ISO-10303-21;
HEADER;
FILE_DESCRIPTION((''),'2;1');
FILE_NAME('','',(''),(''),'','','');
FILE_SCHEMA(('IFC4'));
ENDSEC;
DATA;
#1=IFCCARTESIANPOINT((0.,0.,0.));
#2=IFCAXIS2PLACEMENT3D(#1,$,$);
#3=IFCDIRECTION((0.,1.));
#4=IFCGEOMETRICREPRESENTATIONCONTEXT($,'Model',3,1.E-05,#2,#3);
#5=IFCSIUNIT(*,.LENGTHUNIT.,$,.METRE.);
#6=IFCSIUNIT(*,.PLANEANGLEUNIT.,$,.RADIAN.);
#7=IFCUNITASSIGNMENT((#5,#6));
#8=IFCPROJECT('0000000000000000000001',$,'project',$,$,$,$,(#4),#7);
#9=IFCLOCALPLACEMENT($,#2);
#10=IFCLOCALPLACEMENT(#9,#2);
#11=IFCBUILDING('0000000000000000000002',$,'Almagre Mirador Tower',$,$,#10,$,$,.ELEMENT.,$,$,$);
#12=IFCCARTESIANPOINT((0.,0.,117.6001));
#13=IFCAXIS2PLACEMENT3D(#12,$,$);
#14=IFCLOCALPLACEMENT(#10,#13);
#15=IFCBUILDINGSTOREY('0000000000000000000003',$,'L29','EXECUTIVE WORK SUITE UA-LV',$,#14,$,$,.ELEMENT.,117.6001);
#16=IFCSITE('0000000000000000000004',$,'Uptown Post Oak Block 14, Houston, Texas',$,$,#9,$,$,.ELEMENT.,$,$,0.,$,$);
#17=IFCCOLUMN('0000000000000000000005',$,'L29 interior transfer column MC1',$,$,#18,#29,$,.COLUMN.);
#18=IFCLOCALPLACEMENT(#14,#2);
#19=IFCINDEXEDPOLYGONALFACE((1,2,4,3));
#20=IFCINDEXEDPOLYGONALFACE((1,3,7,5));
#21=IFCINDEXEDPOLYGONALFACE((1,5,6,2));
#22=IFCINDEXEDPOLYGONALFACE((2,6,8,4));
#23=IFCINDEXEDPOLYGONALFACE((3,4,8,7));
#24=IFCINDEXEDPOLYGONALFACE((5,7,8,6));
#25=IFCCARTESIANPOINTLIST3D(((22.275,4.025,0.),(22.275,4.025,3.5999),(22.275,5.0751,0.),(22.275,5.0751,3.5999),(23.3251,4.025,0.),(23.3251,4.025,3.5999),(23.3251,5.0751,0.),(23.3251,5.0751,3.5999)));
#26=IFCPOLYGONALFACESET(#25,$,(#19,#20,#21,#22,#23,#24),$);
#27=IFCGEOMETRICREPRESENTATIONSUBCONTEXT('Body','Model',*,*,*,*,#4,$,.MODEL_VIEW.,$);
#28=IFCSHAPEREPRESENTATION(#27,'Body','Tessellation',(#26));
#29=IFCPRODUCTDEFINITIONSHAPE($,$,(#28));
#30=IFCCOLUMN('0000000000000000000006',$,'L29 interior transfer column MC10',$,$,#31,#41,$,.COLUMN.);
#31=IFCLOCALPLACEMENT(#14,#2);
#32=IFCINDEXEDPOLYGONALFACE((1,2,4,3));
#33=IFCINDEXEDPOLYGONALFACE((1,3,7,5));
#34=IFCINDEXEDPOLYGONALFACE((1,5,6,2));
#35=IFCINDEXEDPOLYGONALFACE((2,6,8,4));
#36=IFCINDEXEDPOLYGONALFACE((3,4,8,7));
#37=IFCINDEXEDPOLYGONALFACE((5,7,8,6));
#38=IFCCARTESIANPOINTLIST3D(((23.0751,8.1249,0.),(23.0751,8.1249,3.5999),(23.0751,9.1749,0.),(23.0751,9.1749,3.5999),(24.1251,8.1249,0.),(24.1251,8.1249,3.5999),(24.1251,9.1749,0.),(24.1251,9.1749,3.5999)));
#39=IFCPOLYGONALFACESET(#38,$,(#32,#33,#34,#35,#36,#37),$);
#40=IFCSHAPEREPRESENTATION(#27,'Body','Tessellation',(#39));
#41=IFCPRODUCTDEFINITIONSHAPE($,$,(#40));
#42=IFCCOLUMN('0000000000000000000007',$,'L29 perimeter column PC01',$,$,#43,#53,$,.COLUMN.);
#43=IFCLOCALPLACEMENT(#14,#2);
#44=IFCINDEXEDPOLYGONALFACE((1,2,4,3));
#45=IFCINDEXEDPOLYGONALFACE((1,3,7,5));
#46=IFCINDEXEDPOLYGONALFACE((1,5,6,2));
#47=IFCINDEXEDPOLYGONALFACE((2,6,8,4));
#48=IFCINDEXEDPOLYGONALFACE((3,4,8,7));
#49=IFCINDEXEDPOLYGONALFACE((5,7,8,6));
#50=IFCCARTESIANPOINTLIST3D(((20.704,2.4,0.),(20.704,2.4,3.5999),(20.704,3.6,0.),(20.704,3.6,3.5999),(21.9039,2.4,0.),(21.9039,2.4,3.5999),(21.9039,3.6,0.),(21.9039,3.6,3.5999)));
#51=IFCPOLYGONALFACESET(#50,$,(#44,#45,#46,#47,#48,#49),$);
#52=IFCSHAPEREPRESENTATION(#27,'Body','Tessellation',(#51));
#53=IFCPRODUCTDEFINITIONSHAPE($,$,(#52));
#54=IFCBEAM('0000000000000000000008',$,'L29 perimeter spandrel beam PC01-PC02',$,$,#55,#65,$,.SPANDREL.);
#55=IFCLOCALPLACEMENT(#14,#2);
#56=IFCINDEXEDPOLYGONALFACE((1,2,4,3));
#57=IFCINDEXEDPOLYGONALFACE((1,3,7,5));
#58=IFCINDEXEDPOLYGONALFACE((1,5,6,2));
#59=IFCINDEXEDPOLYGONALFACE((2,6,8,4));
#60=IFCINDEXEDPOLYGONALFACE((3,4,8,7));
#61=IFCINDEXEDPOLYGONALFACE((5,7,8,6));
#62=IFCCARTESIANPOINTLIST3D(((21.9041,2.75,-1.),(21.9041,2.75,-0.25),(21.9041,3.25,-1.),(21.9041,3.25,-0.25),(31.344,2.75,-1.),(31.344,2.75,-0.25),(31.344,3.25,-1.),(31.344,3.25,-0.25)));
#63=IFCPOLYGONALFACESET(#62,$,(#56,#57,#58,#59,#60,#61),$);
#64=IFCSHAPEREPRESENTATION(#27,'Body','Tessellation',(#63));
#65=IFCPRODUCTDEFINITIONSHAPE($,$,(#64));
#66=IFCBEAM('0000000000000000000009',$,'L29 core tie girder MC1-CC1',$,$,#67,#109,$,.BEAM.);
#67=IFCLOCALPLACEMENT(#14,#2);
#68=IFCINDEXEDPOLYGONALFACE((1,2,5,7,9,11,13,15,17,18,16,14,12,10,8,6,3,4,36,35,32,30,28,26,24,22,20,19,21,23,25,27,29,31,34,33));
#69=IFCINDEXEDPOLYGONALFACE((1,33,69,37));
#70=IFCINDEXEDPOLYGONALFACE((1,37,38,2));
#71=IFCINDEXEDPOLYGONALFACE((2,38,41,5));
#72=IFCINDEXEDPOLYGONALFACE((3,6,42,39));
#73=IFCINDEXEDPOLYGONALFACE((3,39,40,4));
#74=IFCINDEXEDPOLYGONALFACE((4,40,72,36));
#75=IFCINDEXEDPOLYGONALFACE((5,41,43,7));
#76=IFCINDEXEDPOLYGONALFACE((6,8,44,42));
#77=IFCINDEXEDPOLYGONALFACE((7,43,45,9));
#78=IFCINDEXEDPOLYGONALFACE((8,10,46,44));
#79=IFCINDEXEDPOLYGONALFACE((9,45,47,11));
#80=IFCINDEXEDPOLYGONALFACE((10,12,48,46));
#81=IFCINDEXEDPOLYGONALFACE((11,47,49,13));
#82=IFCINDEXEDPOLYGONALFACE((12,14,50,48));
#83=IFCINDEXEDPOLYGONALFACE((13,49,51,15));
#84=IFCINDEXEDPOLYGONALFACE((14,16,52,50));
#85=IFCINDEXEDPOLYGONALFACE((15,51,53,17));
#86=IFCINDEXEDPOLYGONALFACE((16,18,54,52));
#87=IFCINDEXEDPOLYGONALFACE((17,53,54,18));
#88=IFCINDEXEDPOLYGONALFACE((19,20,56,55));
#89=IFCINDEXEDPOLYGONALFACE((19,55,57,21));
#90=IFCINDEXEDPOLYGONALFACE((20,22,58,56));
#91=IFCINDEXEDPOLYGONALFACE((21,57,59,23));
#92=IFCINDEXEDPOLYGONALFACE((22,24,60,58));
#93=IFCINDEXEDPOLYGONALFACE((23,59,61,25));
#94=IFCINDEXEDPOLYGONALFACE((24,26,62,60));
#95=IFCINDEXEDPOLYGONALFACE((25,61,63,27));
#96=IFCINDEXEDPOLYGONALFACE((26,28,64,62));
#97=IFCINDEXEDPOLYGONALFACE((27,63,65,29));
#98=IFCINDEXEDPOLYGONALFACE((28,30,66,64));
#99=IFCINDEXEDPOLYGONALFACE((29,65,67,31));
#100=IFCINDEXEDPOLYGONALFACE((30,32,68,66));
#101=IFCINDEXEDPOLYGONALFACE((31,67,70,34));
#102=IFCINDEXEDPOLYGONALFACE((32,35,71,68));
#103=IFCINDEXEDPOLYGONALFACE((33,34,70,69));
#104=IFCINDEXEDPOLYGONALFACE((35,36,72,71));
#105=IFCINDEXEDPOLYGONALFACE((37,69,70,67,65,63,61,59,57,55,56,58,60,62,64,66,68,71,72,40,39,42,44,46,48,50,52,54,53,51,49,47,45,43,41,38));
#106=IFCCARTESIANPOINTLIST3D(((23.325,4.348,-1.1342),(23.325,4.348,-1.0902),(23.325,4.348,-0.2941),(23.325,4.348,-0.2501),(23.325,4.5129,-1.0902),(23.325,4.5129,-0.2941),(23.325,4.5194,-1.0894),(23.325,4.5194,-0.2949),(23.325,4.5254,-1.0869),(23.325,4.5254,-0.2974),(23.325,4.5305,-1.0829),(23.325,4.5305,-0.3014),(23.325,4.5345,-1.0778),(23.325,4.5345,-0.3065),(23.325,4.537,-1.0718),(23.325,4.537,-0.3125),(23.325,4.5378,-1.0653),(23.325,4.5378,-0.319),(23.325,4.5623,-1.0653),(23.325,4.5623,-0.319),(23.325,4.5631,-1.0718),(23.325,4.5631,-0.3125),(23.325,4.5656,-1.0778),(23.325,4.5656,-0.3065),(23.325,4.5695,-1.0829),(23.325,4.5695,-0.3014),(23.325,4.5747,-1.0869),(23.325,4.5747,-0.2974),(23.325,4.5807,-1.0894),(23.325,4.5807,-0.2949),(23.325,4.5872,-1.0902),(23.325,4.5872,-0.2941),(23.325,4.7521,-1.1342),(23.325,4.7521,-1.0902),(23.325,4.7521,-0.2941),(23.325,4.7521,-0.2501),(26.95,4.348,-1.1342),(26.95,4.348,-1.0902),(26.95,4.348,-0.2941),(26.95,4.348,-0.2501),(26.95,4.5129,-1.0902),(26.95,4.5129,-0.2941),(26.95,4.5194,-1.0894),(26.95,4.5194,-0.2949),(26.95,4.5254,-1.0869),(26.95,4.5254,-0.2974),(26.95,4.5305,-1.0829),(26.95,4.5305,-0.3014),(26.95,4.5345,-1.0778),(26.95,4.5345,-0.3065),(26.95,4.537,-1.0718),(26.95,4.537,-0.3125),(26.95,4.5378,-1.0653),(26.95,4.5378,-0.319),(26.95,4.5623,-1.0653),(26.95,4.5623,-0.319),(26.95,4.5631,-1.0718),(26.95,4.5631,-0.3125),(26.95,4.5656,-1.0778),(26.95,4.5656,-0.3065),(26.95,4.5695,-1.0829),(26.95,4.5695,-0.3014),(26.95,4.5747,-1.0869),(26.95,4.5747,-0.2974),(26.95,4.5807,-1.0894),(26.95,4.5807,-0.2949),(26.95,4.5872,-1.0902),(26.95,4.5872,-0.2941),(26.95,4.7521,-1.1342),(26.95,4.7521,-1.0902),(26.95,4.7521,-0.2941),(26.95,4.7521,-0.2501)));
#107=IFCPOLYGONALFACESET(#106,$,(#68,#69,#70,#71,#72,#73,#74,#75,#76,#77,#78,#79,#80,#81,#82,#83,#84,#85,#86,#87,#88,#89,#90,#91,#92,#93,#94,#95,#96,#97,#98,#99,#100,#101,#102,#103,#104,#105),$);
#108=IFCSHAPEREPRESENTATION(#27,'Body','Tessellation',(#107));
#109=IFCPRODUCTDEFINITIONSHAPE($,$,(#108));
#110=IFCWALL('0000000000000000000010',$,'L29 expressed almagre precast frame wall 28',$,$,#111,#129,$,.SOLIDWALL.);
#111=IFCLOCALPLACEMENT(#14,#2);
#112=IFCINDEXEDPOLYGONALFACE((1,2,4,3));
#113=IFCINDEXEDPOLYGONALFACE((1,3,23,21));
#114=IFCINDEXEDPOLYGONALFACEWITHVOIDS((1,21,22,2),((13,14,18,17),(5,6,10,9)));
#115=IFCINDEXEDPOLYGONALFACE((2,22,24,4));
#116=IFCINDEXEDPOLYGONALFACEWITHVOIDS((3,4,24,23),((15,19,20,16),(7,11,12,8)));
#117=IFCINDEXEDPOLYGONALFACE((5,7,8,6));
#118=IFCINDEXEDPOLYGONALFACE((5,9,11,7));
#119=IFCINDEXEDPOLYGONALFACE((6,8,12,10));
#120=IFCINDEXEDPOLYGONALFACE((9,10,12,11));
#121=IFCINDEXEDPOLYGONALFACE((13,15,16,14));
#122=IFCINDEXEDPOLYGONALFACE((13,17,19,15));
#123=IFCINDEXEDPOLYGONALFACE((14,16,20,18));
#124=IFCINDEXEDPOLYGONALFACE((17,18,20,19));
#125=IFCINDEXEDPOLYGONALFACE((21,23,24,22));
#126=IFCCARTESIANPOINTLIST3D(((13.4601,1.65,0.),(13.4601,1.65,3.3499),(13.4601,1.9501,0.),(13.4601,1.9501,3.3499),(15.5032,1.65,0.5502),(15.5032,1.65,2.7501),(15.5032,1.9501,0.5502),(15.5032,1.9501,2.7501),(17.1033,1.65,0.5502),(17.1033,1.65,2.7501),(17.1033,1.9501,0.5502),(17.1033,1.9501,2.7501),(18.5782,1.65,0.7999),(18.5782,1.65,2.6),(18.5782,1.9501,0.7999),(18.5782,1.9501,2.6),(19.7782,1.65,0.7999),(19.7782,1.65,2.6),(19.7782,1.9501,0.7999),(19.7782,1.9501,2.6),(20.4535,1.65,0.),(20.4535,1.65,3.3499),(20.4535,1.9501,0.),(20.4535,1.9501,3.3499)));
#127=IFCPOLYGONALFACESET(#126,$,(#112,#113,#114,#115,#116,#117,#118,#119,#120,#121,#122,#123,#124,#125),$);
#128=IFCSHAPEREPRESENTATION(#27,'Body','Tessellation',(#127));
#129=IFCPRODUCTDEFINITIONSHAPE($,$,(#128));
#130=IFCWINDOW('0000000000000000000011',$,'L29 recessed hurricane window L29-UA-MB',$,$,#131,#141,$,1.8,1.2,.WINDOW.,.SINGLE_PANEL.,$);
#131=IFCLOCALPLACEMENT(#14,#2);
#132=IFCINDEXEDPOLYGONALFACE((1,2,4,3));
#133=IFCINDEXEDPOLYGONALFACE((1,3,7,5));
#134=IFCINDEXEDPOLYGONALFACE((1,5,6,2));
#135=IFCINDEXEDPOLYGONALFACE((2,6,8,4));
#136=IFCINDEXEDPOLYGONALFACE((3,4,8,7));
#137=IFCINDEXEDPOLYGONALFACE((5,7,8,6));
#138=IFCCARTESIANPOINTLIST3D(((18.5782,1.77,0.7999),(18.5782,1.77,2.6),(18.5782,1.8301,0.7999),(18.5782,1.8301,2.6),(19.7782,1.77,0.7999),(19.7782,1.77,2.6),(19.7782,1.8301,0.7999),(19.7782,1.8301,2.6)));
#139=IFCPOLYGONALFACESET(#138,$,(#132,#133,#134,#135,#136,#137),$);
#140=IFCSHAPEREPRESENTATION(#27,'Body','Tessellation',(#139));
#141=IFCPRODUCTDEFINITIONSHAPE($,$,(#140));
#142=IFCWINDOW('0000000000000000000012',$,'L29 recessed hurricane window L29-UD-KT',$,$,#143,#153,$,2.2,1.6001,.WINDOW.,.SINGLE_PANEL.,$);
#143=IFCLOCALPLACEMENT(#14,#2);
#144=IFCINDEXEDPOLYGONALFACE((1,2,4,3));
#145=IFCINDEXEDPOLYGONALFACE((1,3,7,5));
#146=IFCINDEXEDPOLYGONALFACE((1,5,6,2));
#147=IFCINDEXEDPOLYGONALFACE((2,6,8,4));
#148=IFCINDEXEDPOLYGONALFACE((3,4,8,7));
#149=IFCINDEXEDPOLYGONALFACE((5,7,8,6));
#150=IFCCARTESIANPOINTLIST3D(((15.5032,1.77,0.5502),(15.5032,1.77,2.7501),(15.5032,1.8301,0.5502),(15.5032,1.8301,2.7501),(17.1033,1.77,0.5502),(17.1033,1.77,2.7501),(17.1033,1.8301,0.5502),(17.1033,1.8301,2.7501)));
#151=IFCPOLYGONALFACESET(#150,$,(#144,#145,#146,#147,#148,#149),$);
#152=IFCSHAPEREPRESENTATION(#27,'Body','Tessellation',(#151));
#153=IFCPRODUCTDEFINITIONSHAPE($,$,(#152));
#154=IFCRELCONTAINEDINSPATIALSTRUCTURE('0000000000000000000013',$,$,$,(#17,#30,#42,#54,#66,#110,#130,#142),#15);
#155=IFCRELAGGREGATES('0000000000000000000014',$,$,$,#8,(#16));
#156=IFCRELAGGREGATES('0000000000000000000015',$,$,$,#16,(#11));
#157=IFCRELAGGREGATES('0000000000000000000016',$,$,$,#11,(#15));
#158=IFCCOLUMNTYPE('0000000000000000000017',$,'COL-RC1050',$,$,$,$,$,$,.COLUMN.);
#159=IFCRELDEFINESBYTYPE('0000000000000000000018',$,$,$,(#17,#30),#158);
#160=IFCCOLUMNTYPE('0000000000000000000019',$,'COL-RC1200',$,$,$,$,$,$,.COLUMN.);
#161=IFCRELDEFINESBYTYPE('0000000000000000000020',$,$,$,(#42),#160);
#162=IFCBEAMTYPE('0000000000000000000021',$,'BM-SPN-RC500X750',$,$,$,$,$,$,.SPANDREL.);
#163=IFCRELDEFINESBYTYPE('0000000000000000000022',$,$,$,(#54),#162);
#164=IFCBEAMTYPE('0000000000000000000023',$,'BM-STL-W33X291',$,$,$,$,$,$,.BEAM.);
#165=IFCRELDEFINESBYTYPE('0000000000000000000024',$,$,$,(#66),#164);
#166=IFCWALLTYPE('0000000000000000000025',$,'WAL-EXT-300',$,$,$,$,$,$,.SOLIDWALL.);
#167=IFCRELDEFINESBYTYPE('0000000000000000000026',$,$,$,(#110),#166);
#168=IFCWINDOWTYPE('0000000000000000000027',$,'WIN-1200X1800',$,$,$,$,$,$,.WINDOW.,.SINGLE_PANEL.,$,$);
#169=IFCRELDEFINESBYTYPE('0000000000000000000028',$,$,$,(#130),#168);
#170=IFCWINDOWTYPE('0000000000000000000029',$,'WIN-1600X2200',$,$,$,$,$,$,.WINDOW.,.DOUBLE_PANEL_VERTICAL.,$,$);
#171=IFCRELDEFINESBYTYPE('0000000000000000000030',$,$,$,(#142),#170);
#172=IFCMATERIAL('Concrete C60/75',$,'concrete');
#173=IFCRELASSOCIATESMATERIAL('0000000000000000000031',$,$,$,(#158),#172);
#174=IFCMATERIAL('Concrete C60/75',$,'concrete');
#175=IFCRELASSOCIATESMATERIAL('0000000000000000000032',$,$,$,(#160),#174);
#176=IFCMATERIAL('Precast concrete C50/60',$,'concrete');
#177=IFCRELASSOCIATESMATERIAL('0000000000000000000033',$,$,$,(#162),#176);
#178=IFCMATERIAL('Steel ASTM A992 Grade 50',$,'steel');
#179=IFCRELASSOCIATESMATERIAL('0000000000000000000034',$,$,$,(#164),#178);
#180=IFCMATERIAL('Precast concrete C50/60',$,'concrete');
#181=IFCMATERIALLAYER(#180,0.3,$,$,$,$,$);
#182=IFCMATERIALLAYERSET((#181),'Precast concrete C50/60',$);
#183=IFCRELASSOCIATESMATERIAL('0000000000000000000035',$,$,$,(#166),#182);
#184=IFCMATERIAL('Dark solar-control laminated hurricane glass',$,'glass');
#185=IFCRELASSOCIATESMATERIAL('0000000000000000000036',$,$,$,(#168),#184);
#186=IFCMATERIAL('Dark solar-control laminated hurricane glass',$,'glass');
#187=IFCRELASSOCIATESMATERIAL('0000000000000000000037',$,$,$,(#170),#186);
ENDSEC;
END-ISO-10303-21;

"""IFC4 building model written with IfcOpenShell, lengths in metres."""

from ifc_helpers import new_model, si_unit, direction, frame, frame_2d, origin, origin_2d, place, context, subcontext, project, spatial, rectangle, i_section, extrude, material, layer, layer_set, material_profile, profile_set, type_object, element, fill, save


model = new_model("IFC4")

# Units and contexts
model_context = context("Model", 3, precision=1e-05, world=origin(), true_north=direction((0.0, 1.0)))
body_context = subcontext(model_context, "Body", "Model", "MODEL_VIEW")
ifc_project = project(units=[si_unit("LENGTHUNIT", "METRE"), si_unit("PLANEANGLEUNIT", "RADIAN")], contexts=[model_context])

# Site, building, storey
site_placement = place(None, origin())
site = spatial("IfcSite", under=ifc_project, at=site_placement, Name="Uptown Post Oak Block 14, Houston, Texas", CompositionType="ELEMENT", RefElevation=0.0)
building_placement = place(site_placement, origin())
building = spatial("IfcBuilding", under=site, at=building_placement, Name="Almagre Mirador Tower", CompositionType="ELEMENT")
storey_placement = place(building_placement, frame((0.0, 0.0, 117.6001)))
storey = spatial("IfcBuildingStorey", under=building, at=storey_placement, Name="L29", Description="EXECUTIVE WORK SUITE UA-LV", CompositionType="ELEMENT", Elevation=117.6001)

# Columns
ifc_material_1 = material(Name="Concrete C60/75", Category="concrete")
ifc_material_profile_1 = material_profile(ifc_material_1, rectangle(XDim=1.05, YDim=1.05, at=origin_2d()), Name="RC1050X1050")
ifc_profile_set_1 = profile_set([ifc_material_profile_1], Name="Concrete C60/75")
column_type_1 = type_object("IfcColumnType", Name="COL-RC1050", PredefinedType="COLUMN", material=ifc_profile_set_1)
for number, where, z_axis, x_axis, name in (
    (1, (22.8, 4.55, 0.0), (0.0, 0.0, 1.0), (1.0, 0.0, 0.0), "L29 interior transfer column MC1"),
    (2, (23.6001, 8.6499, 0.0), (0.0, 0.0, 1.0), (1.0, 0.0, 0.0), "L29 interior transfer column MC10"),
):
    element("IfcColumn", number, at=place(storey_placement, frame(where, z_axis=z_axis, x_axis=x_axis)), inside=storey, type_object=column_type_1, Name=name, PredefinedType="COLUMN", context=body_context, shape_type="SweptSolid", body=[
        extrude(rectangle(XDim=1.05, YDim=1.05, at=origin_2d()), origin(), (0.0, 0.0, 1.0), 3.5999),
    ])
ifc_material_2 = material(Name="Concrete C60/75", Category="concrete")
ifc_material_profile_2 = material_profile(ifc_material_2, rectangle(XDim=1.2, YDim=1.2, at=origin_2d()), Name="RC1200X1200")
ifc_profile_set_2 = profile_set([ifc_material_profile_2], Name="Concrete C60/75")
column_type_2 = type_object("IfcColumnType", Name="COL-RC1200", PredefinedType="COLUMN", material=ifc_profile_set_2)
column_placement = place(storey_placement, frame((21.304, 3.0, 0.0), z_axis=(0.0, 0.0, 1.0), x_axis=(1.0, 0.0, 0.0)))
element("IfcColumn", 3, at=column_placement, inside=storey, type_object=column_type_2, Name="L29 perimeter column PC01", PredefinedType="COLUMN", context=body_context, shape_type="SweptSolid", body=[
    extrude(rectangle(XDim=1.2, YDim=1.2, at=origin_2d()), origin(), (0.0, 0.0, 1.0), 3.5999),
])

# Beams
ifc_material_3 = material(Name="Precast concrete C50/60", Category="concrete")
ifc_material_profile_3 = material_profile(ifc_material_3, rectangle(XDim=0.5, YDim=0.75, at=origin_2d()), Name="RC500X750")
ifc_profile_set_3 = profile_set([ifc_material_profile_3], Name="Precast concrete C50/60")
beam_type_1 = type_object("IfcBeamType", Name="BM-SPN-RC500X750", PredefinedType="SPANDREL", material=ifc_profile_set_3)
beam_1_placement = place(storey_placement, frame((21.9041, 3.0, -0.625), z_axis=(1.0, 0.0, 0.0), x_axis=(0.0, 1.0, 0.0)))
element("IfcBeam", 4, at=beam_1_placement, inside=storey, type_object=beam_type_1, Name="L29 perimeter spandrel beam PC01-PC02", PredefinedType="SPANDREL", context=body_context, shape_type="SweptSolid", body=[
    extrude(rectangle(XDim=0.5, YDim=0.75, at=origin_2d()), origin(), (0.0, 0.0, 1.0), 9.4399),
])
ifc_material_4 = material(Name="Steel ASTM A992 Grade 50", Category="steel")
ifc_material_profile_4 = material_profile(ifc_material_4, i_section(OverallWidth=0.4041, OverallDepth=0.884, WebThickness=0.0244, FlangeThickness=0.0439, FilletRadius=0.0249, at=origin_2d()), Name="W33X291")
ifc_profile_set_4 = profile_set([ifc_material_profile_4], Name="Steel ASTM A992 Grade 50")
beam_type_2 = type_object("IfcBeamType", Name="BM-STL-W33X291", PredefinedType="BEAM", material=ifc_profile_set_4)
beam_2_placement = place(storey_placement, frame((23.325, 4.55, -0.6921), z_axis=(1.0, 0.0, 0.0), x_axis=(0.0, 1.0, 0.0)))
element("IfcBeam", 5, at=beam_2_placement, inside=storey, type_object=beam_type_2, Name="L29 core tie girder MC1-CC1", PredefinedType="BEAM", context=body_context, shape_type="SweptSolid", body=[
    extrude(i_section(OverallWidth=0.4041, OverallDepth=0.884, WebThickness=0.0244, FlangeThickness=0.0439, FilletRadius=0.0249, at=origin_2d()), origin(), (0.0, 0.0, 1.0), 3.625),
])

# Wall, openings, windows
ifc_material_5 = material(Name="Precast concrete C50/60", Category="concrete")
ifc_layer_1 = layer(ifc_material_5, 0.3)
ifc_layer_set_1 = layer_set([ifc_layer_1], Name="Precast concrete C50/60")
wall_type_1 = type_object("IfcWallType", Name="WAL-EXT-300", PredefinedType="SOLIDWALL", material=ifc_layer_set_1)
wall_1_placement = place(storey_placement, frame((20.4534, 1.8, 0.0), z_axis=(0.0, 0.0, 1.0), x_axis=(-1.0, 0.0, 0.0)))
wall_1 = element("IfcWall", 6, at=wall_1_placement, inside=storey, type_object=wall_type_1, Name="L29 expressed almagre precast frame wall 28", PredefinedType="SOLIDWALL", context=body_context, shape_type="SweptSolid", body=[
    extrude(rectangle(XDim=6.9934, YDim=0.3, at=frame_2d((3.4966, 0.0))), origin(), (0.0, 0.0, 1.0), 3.3499),
])
opening_1_placement = place(wall_1_placement, frame((0.675, 0.0, 0.8)))
opening_1 = element("IfcOpeningElement", 7, at=opening_1_placement, cuts=wall_1, PredefinedType="OPENING", context=body_context, shape_type="SweptSolid", body=[
    extrude(rectangle(XDim=1.2, YDim=1.8, at=frame_2d((0.6001, 0.8999))), frame((0.0, 0.1599, 0.0), z_axis=(0.0, -1.0, 0.0), x_axis=(1.0, 0.0, 0.0)), (0.0, 0.0, 1.0), 0.32),
])
opening_2_placement = place(wall_1_placement, frame((3.3501, 0.0, 0.55)))
opening_2 = element("IfcOpeningElement", 8, at=opening_2_placement, cuts=wall_1, PredefinedType="OPENING", context=body_context, shape_type="SweptSolid", body=[
    extrude(rectangle(XDim=1.6001, YDim=2.2, at=frame_2d((0.8, 1.1001))), frame((0.0, 0.1599, 0.0), z_axis=(0.0, -1.0, 0.0), x_axis=(1.0, 0.0, 0.0)), (0.0, 0.0, 1.0), 0.32),
])
ifc_material_6 = material(Name="Dark solar-control laminated hurricane glass", Category="glass")
window_type_1 = type_object("IfcWindowType", Name="WIN-1200X1800", PartitioningType="SINGLE_PANEL", PredefinedType="WINDOW", material=ifc_material_6)
window_1_placement = place(opening_1_placement, origin())
window_1 = element("IfcWindow", 9, at=window_1_placement, inside=storey, type_object=window_type_1, Name="L29 recessed hurricane window L29-UA-MB", OverallHeight=1.8, OverallWidth=1.2, PartitioningType="SINGLE_PANEL", PredefinedType="WINDOW", context=body_context, shape_type="SweptSolid", body=[
    extrude(rectangle(XDim=1.2, YDim=1.8, at=frame_2d((0.6001, 0.8999))), frame((0.0, 0.03, 0.0), z_axis=(0.0, -1.0, 0.0), x_axis=(1.0, 0.0, 0.0)), (0.0, 0.0, 1.0), 0.0601),
])
fill(opening_1, window_1)
ifc_material_7 = material(Name="Dark solar-control laminated hurricane glass", Category="glass")
window_type_2 = type_object("IfcWindowType", Name="WIN-1600X2200", PartitioningType="DOUBLE_PANEL_VERTICAL", PredefinedType="WINDOW", material=ifc_material_7)
window_2_placement = place(opening_2_placement, origin())
window_2 = element("IfcWindow", 10, at=window_2_placement, inside=storey, type_object=window_type_2, Name="L29 recessed hurricane window L29-UD-KT", OverallHeight=2.2, OverallWidth=1.6001, PartitioningType="SINGLE_PANEL", PredefinedType="WINDOW", context=body_context, shape_type="SweptSolid", body=[
    extrude(rectangle(XDim=1.6001, YDim=2.2, at=frame_2d((0.8, 1.1001))), frame((0.0, 0.03, 0.0), z_axis=(0.0, -1.0, 0.0), x_axis=(1.0, 0.0, 0.0)), (0.0, 0.0, 1.0), 0.0601),
])
fill(opening_2, window_2)

save(model, "model.ifc")
